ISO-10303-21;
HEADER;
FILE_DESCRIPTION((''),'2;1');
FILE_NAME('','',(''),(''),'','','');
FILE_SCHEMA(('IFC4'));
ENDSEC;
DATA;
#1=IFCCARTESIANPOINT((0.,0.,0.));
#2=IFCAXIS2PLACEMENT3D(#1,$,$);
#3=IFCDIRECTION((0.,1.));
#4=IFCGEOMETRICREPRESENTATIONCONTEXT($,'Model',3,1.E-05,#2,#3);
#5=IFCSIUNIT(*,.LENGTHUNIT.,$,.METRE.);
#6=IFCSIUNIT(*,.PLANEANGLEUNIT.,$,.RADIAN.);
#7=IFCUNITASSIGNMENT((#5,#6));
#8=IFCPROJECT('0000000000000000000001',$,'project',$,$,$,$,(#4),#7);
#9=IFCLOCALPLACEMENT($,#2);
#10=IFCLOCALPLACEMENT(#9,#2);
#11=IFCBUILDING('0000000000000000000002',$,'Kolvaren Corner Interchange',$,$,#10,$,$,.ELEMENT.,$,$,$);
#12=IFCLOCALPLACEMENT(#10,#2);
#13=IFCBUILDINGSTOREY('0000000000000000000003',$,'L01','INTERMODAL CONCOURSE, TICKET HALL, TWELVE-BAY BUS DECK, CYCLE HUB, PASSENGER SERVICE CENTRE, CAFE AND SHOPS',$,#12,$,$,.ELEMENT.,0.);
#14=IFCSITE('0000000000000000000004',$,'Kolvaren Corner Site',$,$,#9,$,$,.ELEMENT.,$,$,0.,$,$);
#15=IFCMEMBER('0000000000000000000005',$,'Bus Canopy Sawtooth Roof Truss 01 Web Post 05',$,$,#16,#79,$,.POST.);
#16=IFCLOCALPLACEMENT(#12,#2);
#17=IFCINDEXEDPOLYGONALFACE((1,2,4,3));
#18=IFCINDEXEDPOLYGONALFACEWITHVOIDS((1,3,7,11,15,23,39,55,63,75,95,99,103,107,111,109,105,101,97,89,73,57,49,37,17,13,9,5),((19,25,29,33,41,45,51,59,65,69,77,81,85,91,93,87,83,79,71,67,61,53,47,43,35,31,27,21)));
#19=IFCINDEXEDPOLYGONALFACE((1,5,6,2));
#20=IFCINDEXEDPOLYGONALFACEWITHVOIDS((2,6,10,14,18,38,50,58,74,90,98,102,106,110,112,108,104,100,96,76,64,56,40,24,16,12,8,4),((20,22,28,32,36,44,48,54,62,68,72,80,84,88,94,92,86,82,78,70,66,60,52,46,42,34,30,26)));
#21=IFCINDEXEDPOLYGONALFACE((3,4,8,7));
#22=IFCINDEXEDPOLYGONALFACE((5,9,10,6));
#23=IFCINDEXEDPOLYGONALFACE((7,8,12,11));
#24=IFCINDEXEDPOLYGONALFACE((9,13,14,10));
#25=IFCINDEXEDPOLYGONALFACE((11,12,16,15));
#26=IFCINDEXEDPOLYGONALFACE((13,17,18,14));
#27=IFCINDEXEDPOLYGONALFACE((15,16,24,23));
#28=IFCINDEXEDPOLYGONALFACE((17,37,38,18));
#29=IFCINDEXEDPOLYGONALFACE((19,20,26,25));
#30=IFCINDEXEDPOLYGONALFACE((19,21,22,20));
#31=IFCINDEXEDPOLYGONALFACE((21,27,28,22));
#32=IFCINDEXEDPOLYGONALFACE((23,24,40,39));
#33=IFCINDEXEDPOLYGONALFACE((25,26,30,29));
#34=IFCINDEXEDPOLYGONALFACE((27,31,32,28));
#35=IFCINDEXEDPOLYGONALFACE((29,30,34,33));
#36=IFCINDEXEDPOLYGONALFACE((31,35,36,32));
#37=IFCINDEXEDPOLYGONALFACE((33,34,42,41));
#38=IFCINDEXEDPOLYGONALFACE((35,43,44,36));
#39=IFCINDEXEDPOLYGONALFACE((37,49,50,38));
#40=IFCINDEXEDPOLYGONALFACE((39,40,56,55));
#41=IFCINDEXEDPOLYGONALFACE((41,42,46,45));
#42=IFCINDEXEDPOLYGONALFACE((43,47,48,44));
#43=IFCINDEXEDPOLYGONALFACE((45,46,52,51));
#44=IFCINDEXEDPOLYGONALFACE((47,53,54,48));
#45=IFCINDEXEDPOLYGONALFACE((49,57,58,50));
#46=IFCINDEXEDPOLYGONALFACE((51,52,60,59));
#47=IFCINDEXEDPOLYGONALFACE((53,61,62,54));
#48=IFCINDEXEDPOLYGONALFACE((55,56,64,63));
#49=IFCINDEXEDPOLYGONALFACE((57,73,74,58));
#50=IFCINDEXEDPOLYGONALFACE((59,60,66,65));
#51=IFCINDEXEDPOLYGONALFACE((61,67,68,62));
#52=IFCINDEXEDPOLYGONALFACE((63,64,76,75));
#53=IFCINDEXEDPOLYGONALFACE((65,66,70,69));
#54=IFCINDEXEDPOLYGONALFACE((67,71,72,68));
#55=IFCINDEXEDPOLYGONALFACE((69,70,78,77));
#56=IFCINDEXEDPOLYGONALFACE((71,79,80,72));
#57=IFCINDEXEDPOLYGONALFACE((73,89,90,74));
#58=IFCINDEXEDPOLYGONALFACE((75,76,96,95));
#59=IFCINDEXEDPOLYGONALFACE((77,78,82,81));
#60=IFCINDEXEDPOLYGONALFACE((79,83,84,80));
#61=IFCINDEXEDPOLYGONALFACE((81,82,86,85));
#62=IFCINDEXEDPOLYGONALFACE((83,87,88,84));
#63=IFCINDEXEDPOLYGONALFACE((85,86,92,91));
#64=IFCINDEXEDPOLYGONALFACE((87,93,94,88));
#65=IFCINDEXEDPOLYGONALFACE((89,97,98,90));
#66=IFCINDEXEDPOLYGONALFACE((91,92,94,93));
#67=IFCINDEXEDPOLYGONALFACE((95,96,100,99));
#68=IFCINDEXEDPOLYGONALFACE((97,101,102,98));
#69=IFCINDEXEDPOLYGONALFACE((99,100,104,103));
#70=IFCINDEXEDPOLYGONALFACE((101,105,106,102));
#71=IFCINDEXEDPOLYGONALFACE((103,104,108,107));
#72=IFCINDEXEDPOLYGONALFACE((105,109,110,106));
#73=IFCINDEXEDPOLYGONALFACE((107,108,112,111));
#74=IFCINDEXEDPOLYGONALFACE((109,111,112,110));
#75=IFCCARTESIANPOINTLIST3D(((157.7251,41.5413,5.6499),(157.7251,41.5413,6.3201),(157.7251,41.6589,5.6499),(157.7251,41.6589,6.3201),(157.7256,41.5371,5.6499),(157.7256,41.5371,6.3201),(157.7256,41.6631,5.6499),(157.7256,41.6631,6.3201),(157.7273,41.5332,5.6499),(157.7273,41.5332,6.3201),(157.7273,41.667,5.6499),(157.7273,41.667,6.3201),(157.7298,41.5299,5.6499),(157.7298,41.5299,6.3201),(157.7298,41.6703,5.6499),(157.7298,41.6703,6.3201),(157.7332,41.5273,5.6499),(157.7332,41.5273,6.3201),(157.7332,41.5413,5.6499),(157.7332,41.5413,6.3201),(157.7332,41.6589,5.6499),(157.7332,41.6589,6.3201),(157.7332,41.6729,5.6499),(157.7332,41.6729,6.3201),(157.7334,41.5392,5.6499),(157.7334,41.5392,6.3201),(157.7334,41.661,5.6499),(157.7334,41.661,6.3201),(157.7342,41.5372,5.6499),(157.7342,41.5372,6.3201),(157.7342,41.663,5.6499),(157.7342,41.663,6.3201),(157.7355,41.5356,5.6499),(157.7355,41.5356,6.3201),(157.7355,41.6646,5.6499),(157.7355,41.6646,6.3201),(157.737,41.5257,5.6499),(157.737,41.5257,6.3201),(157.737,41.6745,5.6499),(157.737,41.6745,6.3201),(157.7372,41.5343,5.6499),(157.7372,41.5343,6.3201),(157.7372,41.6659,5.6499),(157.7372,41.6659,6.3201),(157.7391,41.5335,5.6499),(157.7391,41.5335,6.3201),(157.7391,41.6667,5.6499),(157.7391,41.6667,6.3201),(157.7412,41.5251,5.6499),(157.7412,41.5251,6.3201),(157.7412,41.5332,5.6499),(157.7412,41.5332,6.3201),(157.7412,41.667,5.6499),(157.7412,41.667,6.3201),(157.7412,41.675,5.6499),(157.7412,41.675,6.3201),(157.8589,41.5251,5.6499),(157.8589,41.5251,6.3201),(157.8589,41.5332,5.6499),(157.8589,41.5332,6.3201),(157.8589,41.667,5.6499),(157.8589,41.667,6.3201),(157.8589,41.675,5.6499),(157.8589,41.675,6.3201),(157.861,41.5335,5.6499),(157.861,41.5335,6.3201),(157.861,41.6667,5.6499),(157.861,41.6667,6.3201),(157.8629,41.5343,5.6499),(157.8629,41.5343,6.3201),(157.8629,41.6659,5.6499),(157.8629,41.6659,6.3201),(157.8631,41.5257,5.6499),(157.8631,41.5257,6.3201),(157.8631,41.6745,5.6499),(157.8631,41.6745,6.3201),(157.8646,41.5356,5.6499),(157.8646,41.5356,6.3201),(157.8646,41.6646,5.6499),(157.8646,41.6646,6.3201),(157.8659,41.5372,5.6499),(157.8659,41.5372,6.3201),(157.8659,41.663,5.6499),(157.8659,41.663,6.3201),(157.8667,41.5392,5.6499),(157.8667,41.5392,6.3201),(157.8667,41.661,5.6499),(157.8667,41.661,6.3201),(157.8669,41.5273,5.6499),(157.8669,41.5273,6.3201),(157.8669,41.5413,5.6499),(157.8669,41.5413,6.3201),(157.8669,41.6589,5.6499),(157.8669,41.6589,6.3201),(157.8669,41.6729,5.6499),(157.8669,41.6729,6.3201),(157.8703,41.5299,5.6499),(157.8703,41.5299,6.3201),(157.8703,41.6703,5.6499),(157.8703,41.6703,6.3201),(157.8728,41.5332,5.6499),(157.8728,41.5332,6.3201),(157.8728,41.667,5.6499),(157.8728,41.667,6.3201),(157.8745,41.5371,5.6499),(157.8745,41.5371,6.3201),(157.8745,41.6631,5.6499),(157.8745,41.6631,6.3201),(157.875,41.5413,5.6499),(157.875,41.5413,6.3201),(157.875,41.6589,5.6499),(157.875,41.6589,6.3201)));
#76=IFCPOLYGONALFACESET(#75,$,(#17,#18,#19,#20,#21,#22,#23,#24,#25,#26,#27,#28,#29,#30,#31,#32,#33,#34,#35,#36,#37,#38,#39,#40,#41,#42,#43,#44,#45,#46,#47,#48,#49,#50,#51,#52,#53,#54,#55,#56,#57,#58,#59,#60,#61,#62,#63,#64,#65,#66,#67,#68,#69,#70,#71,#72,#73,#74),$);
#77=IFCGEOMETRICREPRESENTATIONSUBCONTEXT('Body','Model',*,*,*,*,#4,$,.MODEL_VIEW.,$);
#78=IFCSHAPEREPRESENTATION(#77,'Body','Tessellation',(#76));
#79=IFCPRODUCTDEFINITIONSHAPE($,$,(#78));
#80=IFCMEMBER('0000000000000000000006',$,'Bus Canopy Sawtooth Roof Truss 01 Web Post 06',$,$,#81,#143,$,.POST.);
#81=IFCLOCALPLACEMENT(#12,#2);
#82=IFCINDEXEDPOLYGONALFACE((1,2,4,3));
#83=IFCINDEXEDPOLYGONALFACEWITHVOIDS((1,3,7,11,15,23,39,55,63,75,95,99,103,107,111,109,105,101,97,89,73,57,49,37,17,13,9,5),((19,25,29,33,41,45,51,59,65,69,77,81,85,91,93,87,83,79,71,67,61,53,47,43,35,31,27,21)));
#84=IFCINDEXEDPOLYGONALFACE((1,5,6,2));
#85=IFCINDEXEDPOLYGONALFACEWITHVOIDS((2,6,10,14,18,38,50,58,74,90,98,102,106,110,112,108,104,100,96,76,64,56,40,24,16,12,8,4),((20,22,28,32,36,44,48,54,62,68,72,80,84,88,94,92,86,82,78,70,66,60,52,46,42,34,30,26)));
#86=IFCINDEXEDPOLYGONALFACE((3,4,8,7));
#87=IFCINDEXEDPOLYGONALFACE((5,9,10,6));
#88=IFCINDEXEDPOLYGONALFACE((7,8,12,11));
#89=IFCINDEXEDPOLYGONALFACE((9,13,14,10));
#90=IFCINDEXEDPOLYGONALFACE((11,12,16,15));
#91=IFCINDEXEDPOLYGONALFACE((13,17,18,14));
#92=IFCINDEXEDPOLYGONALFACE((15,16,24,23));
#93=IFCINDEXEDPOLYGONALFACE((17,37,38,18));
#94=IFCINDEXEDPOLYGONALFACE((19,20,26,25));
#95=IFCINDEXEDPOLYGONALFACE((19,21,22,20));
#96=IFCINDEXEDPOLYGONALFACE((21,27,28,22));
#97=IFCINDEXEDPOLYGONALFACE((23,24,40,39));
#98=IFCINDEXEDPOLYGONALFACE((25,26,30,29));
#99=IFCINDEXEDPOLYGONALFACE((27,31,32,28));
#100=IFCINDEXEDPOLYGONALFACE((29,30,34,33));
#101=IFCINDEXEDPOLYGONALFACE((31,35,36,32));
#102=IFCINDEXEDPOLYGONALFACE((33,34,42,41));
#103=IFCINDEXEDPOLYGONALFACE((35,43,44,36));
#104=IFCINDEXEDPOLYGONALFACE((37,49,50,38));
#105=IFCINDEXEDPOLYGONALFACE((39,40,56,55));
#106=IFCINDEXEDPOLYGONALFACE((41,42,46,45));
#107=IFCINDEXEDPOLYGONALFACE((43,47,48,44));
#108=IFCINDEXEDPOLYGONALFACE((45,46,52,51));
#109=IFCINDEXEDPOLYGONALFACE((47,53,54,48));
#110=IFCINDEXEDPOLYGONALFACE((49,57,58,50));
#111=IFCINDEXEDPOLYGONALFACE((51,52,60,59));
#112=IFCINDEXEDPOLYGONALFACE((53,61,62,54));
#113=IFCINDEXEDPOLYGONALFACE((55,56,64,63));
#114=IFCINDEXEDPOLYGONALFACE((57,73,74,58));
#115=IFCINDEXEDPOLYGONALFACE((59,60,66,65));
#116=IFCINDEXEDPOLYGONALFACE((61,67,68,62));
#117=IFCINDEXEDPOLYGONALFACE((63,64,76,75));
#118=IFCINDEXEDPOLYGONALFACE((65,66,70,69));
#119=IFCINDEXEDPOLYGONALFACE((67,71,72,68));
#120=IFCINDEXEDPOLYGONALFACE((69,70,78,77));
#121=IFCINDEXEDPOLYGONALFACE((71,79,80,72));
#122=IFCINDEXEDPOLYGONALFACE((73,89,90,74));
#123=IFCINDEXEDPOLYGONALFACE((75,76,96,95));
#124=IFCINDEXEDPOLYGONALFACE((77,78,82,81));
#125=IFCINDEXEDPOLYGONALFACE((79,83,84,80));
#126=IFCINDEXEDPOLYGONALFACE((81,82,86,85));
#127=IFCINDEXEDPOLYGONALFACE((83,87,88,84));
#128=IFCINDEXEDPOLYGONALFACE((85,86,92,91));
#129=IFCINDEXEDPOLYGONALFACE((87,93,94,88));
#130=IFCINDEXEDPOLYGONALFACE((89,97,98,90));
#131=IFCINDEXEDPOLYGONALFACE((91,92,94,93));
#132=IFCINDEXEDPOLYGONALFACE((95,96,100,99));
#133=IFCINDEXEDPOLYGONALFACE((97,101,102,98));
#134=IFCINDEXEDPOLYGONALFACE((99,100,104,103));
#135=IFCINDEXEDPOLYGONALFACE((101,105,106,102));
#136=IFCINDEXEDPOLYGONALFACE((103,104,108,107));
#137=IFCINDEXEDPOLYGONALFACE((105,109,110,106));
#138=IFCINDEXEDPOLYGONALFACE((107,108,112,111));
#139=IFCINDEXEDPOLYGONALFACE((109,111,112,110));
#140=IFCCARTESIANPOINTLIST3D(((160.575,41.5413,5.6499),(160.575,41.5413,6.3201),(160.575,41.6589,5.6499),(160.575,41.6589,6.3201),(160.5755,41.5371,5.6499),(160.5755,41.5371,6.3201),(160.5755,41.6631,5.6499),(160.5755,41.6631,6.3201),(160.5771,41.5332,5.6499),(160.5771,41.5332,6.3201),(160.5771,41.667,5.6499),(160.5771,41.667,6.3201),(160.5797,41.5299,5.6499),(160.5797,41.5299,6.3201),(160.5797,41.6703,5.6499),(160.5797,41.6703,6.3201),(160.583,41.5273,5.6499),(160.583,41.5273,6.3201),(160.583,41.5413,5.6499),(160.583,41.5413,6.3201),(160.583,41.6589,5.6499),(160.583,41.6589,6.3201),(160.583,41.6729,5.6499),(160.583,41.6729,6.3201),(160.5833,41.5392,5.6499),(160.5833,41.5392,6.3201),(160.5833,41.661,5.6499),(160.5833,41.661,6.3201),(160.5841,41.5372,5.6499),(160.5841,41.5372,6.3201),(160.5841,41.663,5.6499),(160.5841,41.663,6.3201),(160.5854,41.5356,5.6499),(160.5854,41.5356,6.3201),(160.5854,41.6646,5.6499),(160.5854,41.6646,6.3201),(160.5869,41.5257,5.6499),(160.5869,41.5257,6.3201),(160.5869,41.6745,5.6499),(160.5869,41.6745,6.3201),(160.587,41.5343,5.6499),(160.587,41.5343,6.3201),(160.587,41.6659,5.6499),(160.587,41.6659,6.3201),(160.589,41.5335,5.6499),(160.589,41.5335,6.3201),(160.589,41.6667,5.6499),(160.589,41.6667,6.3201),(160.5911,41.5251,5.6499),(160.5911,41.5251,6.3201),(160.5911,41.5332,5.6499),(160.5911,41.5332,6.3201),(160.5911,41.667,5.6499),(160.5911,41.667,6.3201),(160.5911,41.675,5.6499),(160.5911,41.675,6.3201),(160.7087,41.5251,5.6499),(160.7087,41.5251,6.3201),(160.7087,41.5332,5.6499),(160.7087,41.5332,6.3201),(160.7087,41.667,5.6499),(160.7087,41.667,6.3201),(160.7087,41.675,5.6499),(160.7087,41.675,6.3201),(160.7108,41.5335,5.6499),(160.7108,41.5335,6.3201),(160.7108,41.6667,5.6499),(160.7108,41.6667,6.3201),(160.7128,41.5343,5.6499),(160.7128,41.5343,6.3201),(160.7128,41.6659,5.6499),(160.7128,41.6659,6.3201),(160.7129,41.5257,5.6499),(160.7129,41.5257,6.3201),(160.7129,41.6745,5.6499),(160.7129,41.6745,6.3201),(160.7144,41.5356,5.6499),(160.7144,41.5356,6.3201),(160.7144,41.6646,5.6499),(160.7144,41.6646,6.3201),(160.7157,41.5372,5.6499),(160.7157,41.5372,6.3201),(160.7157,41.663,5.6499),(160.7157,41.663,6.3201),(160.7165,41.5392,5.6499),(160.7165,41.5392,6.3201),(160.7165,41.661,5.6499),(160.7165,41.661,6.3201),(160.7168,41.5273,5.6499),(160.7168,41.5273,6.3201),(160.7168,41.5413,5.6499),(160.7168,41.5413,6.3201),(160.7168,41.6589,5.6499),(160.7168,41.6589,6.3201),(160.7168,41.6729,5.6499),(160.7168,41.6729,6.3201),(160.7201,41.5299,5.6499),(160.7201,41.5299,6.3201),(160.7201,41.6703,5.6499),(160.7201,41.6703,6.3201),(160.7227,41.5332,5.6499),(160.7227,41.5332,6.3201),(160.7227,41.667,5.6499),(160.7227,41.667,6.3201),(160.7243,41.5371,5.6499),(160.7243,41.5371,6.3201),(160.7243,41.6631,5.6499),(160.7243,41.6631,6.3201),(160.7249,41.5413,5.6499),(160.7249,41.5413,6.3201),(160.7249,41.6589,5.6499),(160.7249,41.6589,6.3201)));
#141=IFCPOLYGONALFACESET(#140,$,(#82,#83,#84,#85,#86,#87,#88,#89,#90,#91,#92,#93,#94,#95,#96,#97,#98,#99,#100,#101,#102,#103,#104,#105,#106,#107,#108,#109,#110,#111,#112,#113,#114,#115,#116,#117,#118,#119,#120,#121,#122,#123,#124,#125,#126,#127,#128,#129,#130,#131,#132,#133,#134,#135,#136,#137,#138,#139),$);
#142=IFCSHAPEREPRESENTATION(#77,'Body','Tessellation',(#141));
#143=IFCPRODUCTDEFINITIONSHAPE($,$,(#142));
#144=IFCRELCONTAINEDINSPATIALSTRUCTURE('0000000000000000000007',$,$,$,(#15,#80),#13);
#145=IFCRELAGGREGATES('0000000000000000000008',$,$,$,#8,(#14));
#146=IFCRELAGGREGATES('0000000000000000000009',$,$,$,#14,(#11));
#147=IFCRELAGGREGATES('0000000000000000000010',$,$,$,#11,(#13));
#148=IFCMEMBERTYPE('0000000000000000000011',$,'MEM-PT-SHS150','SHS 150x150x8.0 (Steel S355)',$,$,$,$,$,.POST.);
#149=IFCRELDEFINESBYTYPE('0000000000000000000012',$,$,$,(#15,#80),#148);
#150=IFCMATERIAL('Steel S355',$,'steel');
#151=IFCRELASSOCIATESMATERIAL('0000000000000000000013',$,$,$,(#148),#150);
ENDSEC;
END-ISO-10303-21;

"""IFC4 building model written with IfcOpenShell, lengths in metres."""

from ifc_helpers import new_model, si_unit, direction, frame, origin, origin_2d, place, context, subcontext, project, spatial, hollow_rectangle, extrude, material, material_profile, profile_set, type_object, element, save


model = new_model("IFC4")

# Units and contexts
model_context = context("Model", 3, precision=1e-05, world=origin(), true_north=direction((0.0, 1.0)))
body_context = subcontext(model_context, "Body", "Model", "MODEL_VIEW")
ifc_project = project(units=[si_unit("LENGTHUNIT", "METRE"), si_unit("PLANEANGLEUNIT", "RADIAN")], contexts=[model_context])

# Site, building, storey
site_placement = place(None, origin())
site = spatial("IfcSite", under=ifc_project, at=site_placement, Name="Kolvaren Corner Site", CompositionType="ELEMENT", RefElevation=0.0)
building_placement = place(site_placement, origin())
building = spatial("IfcBuilding", under=site, at=building_placement, Name="Kolvaren Corner Interchange", CompositionType="ELEMENT")
storey_placement = place(building_placement, origin())
storey = spatial("IfcBuildingStorey", under=building, at=storey_placement, Name="L01", Description="INTERMODAL CONCOURSE, TICKET HALL, TWELVE-BAY BUS DECK, CYCLE HUB, PASSENGER SERVICE CENTRE, CAFE AND SHOPS", CompositionType="ELEMENT", Elevation=0.0)

# Members
ifc_material_1 = material(Name="Steel S355", Category="steel")
ifc_material_profile_1 = material_profile(ifc_material_1, hollow_rectangle(XDim=0.1499, YDim=0.1499, WallThickness=0.0081, InnerFilletRadius=0.0081, OuterFilletRadius=0.0161, at=origin_2d()), Name="SHS 150x150x8.0")
ifc_profile_set_1 = profile_set([ifc_material_profile_1], Name="Steel S355")
member_type_1 = type_object("IfcMemberType", Name="MEM-PT-SHS150", Description="SHS 150x150x8.0 (Steel S355)", PredefinedType="POST", material=ifc_profile_set_1)
for number, where, z_axis, x_axis, name in (
    (1, (157.8, 41.6001, 5.6499), (0.0, 0.0, 1.0), (1.0, 0.0, 0.0), "Bus Canopy Sawtooth Roof Truss 01 Web Post 05"),
    (2, (160.6499, 41.6001, 5.6499), (0.0, 0.0, 1.0), (1.0, 0.0, 0.0), "Bus Canopy Sawtooth Roof Truss 01 Web Post 06"),
):
    element("IfcMember", number, at=place(storey_placement, frame(where, z_axis=z_axis, x_axis=x_axis)), inside=storey, type_object=member_type_1, Name=name, PredefinedType="POST", context=body_context, shape_type="SweptSolid", body=[
        extrude(hollow_rectangle(XDim=0.1499, YDim=0.1499, WallThickness=0.0081, InnerFilletRadius=0.0081, OuterFilletRadius=0.0161, at=origin_2d()), origin(), (0.0, 0.0, 1.0), 0.6702),
    ])

save(model, "model.ifc")
